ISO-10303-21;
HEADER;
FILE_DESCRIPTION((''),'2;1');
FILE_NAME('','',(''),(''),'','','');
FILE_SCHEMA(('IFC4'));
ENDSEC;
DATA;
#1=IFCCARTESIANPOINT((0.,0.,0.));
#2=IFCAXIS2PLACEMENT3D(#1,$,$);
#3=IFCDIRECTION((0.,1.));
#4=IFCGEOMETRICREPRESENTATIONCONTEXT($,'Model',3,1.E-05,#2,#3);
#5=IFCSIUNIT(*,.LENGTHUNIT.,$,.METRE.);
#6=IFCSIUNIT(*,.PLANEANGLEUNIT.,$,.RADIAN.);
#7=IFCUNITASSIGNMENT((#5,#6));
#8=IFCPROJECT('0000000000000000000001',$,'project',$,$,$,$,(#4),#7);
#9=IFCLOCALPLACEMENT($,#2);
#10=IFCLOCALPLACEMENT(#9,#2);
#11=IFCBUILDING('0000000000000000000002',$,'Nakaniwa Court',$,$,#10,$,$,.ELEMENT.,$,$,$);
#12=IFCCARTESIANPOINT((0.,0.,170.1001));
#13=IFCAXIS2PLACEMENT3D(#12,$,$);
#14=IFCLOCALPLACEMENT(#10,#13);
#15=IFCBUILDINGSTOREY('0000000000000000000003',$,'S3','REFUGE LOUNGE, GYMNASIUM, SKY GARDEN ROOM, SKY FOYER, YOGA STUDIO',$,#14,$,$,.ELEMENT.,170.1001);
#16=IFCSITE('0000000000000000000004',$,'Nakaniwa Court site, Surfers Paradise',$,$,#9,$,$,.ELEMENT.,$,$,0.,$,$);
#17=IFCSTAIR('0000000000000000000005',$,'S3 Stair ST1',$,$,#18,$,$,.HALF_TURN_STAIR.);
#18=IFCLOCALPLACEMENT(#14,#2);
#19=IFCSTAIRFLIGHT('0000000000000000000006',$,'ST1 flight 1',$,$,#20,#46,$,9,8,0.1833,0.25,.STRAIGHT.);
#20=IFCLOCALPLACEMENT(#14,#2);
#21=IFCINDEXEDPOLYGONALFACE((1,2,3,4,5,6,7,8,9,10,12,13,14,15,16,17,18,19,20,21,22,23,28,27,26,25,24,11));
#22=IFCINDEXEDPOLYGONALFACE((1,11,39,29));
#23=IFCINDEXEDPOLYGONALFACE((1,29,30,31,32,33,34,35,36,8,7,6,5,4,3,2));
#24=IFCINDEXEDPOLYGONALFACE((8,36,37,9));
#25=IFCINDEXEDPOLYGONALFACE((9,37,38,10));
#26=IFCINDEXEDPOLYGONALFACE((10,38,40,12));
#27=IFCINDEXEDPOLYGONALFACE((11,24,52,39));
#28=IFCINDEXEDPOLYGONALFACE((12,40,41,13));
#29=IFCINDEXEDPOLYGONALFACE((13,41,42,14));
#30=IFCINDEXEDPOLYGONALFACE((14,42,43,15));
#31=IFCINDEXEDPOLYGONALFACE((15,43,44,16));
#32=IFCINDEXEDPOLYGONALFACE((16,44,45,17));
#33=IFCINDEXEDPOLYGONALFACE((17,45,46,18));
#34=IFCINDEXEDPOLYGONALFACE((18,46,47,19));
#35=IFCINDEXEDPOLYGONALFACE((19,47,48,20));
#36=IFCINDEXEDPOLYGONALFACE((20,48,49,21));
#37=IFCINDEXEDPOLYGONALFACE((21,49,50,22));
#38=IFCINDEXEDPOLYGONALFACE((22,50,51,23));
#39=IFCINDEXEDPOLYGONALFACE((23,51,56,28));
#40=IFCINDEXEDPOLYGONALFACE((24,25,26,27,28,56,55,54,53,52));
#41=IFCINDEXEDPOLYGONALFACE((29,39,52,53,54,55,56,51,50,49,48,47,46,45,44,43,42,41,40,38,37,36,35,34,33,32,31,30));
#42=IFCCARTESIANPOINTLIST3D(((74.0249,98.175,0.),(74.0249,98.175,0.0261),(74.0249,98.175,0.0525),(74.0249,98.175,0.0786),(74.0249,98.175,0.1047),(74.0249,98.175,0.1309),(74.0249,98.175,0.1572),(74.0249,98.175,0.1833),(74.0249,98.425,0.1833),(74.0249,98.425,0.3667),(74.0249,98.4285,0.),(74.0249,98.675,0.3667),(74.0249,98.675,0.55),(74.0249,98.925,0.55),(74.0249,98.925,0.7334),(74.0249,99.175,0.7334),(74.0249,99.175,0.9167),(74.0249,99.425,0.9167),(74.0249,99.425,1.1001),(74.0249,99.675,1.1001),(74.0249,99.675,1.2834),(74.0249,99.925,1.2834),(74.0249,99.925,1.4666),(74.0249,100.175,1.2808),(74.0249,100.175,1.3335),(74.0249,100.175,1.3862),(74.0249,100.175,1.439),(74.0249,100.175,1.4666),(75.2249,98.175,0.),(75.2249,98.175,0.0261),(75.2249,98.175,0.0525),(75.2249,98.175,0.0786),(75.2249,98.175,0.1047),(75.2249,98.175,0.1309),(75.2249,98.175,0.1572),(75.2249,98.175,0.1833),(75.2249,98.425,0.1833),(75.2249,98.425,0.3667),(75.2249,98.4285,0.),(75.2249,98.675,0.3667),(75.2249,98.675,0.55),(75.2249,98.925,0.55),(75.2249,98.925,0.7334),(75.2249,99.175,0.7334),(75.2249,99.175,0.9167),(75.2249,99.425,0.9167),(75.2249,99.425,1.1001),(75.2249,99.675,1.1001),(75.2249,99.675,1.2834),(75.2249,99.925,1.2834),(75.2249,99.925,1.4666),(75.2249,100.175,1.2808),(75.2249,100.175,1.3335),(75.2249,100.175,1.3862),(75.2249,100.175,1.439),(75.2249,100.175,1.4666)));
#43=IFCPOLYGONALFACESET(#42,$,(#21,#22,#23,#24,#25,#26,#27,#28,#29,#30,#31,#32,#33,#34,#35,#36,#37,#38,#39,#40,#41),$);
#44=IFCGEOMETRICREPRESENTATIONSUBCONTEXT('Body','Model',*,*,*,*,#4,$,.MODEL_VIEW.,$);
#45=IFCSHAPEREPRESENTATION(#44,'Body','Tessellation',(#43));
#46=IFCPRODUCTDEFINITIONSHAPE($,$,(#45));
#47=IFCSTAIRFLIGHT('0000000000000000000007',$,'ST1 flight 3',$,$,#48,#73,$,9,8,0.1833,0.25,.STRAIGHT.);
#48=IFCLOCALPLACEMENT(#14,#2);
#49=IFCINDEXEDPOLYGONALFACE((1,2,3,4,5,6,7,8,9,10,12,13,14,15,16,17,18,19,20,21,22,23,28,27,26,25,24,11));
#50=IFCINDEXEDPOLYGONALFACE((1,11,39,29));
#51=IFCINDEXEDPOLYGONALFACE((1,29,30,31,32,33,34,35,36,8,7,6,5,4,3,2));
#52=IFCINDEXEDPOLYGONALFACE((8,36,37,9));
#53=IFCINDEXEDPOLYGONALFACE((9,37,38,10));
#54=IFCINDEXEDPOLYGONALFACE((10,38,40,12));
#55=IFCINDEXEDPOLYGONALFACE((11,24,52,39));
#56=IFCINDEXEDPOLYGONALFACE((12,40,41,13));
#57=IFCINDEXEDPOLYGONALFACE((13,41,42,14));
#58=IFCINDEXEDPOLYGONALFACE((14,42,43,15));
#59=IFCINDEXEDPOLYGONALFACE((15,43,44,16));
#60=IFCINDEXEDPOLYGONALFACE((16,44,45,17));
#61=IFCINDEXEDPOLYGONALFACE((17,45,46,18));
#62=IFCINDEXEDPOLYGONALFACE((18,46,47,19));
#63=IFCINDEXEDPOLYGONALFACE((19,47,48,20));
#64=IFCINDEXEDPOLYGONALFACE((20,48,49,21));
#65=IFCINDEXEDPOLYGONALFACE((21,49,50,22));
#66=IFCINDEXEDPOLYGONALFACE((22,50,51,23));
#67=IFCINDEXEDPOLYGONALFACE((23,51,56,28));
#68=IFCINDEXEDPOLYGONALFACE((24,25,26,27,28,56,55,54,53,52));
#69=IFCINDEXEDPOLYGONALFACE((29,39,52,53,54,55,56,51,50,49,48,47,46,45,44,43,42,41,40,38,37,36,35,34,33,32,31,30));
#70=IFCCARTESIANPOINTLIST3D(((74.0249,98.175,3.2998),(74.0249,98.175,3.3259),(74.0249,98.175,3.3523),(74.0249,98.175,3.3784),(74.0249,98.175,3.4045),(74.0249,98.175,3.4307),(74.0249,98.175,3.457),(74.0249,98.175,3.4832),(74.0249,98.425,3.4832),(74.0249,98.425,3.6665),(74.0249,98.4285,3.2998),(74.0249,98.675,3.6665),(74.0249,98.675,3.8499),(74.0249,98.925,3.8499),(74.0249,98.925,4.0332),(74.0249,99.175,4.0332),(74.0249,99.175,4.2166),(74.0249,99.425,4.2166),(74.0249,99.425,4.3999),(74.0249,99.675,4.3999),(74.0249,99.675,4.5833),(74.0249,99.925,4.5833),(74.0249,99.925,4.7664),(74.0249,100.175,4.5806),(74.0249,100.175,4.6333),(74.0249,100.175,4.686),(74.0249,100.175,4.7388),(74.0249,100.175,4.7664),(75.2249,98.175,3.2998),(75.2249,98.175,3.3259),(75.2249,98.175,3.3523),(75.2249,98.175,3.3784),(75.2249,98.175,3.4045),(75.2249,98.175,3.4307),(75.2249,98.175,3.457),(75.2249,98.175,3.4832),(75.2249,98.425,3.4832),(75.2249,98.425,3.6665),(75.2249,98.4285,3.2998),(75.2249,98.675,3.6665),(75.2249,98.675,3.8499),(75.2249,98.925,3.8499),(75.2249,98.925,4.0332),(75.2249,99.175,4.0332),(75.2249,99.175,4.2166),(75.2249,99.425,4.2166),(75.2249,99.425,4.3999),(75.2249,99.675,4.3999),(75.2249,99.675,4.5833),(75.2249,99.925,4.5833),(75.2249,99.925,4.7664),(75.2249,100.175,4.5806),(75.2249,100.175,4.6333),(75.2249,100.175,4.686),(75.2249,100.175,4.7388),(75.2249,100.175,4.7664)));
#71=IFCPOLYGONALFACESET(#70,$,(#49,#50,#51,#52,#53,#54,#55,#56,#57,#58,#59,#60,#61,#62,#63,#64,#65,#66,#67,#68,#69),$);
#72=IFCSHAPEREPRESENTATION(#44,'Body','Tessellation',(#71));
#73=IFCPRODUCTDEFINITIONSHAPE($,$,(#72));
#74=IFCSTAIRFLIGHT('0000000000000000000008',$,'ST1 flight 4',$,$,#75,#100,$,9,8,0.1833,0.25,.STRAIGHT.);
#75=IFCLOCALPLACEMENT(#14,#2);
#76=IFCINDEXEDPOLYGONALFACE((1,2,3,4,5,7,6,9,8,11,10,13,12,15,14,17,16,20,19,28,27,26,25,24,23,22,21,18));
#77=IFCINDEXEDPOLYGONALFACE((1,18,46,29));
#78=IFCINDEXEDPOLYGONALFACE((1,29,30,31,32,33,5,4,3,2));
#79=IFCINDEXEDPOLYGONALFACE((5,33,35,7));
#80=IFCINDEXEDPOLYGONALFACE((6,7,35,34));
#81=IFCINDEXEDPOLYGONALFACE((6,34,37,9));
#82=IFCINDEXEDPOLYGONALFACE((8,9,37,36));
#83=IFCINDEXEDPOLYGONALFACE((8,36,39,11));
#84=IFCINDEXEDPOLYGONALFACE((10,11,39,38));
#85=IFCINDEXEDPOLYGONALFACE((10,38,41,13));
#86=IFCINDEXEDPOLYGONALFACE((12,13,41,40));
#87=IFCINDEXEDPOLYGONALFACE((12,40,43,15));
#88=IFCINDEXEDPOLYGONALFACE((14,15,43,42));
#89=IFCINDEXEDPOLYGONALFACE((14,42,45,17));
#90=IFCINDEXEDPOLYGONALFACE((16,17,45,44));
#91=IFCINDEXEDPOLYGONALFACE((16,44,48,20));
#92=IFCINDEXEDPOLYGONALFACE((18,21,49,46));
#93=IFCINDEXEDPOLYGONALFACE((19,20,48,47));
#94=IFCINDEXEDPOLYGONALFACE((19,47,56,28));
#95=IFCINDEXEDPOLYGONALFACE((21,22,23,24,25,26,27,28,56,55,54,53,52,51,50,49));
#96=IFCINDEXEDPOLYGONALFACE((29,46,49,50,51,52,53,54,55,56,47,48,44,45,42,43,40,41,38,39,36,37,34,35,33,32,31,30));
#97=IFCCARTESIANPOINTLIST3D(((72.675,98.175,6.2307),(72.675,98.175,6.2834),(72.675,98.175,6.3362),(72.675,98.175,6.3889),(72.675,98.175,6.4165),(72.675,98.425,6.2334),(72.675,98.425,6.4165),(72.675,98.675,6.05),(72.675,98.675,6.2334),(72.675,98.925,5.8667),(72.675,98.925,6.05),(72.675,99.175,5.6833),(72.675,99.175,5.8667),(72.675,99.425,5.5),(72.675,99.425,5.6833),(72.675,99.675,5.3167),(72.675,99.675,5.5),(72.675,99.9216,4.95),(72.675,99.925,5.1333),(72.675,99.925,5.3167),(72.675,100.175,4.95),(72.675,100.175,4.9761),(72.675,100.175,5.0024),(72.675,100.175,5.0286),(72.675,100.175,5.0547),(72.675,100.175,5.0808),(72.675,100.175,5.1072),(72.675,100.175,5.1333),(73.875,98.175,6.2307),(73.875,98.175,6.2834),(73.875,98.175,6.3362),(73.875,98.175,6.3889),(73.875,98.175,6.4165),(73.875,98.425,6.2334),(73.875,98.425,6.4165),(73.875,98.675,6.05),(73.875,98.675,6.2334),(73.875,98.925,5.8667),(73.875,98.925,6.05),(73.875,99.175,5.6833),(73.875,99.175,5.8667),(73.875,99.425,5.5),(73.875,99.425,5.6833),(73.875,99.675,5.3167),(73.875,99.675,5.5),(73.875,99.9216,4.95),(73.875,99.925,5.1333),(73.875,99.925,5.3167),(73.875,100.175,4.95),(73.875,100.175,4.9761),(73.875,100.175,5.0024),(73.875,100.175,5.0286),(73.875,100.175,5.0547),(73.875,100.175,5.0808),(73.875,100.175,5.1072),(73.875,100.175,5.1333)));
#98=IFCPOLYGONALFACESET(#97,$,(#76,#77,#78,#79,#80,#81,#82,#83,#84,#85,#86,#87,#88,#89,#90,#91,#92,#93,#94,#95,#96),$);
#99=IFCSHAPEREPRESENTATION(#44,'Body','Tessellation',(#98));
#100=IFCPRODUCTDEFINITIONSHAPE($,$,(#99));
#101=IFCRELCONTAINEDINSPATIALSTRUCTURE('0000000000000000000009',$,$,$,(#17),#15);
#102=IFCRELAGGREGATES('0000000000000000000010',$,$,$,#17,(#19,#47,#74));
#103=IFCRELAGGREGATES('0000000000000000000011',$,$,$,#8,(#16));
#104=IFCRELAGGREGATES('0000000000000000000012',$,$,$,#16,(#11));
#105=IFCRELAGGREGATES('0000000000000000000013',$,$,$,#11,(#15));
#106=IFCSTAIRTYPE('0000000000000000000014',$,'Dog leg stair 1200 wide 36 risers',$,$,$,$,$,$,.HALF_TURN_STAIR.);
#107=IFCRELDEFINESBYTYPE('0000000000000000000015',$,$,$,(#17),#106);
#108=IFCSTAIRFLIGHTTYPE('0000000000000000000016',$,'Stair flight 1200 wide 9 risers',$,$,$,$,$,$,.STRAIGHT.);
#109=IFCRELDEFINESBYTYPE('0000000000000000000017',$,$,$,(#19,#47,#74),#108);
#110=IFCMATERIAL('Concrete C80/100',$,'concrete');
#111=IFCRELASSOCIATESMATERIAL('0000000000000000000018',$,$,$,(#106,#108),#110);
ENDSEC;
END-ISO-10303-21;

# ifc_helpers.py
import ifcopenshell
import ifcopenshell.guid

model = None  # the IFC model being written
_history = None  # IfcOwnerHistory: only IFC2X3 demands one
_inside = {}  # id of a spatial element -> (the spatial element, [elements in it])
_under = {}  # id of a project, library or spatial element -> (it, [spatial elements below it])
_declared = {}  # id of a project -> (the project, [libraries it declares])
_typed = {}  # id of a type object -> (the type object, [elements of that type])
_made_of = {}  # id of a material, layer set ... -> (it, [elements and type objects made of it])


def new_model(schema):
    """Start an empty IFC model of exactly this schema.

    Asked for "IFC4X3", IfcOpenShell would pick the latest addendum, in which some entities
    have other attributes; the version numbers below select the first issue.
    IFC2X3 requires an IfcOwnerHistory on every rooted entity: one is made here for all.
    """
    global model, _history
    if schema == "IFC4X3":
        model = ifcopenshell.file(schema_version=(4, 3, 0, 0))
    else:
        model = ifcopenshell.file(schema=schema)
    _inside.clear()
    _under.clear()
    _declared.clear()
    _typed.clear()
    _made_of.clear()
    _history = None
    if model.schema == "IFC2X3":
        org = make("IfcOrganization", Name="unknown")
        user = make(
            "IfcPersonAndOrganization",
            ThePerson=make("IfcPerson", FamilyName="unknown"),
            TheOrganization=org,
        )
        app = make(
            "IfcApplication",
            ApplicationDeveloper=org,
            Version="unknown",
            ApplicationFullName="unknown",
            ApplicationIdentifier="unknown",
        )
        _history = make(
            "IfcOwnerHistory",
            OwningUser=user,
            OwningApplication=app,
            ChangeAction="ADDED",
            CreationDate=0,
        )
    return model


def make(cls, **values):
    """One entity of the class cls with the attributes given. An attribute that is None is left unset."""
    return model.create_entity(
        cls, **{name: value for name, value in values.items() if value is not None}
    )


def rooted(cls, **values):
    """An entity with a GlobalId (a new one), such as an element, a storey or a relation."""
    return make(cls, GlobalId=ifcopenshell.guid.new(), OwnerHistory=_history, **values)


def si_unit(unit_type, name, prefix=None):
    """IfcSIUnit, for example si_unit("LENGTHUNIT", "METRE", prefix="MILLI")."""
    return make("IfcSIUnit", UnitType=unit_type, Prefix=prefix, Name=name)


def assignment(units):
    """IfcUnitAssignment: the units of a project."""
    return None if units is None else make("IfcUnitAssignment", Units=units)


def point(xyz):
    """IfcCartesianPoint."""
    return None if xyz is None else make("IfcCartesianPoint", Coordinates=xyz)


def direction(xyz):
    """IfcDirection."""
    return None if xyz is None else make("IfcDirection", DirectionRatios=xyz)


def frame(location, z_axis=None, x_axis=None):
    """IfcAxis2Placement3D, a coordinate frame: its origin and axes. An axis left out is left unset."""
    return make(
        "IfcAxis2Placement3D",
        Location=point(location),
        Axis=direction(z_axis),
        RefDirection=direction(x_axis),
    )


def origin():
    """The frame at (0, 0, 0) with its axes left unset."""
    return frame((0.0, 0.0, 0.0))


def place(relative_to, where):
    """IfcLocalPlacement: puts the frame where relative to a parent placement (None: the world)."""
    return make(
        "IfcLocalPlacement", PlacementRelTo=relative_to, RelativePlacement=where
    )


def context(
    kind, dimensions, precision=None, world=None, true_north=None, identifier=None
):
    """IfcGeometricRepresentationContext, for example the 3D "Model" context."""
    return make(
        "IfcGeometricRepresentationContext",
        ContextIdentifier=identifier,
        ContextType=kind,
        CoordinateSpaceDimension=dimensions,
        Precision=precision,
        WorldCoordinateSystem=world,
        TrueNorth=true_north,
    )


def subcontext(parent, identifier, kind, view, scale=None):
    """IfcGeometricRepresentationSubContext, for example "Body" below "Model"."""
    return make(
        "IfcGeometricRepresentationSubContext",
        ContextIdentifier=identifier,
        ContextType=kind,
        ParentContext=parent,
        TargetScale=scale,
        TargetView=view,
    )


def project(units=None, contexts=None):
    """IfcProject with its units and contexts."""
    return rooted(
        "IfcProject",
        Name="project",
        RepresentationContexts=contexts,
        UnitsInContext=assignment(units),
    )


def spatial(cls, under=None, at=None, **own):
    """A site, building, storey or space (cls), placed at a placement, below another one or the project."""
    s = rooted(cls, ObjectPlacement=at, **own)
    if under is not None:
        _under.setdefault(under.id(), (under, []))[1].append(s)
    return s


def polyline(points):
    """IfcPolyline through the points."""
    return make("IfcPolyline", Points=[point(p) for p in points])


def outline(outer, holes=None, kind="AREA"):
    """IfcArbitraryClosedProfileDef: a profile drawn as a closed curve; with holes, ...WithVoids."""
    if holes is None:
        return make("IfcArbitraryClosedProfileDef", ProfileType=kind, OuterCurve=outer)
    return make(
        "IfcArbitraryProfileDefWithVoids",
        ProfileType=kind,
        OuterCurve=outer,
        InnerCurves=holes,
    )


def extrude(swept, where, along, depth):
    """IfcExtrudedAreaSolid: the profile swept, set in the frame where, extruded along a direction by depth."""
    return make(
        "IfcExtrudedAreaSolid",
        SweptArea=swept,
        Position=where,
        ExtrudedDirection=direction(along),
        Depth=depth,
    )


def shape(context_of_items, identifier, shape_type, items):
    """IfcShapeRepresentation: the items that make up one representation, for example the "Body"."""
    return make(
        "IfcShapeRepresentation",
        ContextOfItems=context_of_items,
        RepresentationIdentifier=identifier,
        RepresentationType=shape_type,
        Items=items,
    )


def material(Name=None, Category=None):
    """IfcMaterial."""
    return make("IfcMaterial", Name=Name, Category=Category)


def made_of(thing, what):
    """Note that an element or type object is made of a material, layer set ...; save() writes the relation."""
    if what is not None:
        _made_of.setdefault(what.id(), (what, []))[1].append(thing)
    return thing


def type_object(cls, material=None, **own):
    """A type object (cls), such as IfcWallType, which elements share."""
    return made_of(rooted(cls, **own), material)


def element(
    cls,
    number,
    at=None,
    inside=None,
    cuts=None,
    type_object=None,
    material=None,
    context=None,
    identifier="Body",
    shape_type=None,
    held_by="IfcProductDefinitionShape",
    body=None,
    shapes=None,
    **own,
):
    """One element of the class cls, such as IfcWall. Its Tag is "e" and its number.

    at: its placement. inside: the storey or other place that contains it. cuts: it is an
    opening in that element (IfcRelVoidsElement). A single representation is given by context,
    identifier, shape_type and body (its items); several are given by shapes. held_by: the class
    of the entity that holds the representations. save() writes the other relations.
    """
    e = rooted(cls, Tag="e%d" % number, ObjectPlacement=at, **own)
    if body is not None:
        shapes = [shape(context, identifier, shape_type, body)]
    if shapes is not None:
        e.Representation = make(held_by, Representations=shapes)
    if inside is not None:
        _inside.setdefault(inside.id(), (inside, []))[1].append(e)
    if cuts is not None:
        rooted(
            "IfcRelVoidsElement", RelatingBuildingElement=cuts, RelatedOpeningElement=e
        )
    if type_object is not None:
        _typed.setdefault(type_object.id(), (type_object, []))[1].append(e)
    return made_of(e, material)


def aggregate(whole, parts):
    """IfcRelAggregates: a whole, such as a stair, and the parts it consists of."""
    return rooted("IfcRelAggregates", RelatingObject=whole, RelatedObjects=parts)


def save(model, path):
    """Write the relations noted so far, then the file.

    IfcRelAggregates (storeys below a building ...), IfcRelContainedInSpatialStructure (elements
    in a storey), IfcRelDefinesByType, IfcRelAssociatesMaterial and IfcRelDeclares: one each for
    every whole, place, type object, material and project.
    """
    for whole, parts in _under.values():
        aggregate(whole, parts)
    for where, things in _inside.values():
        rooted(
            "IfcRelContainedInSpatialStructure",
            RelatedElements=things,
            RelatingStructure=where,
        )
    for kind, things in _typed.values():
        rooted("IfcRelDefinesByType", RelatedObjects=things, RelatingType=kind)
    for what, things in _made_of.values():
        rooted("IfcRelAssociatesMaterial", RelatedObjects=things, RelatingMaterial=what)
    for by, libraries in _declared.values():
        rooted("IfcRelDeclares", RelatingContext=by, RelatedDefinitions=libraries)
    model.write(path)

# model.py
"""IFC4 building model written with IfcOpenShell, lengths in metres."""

from ifc_helpers import new_model, si_unit, direction, frame, origin, place, context, subcontext, project, spatial, polyline, outline, extrude, material, type_object, element, aggregate, save


model = new_model("IFC4")

# Units and contexts
model_context = context("Model", 3, precision=1e-05, world=origin(), true_north=direction((0.0, 1.0)))
body_context = subcontext(model_context, "Body", "Model", "MODEL_VIEW")
ifc_project = project(units=[si_unit("LENGTHUNIT", "METRE"), si_unit("PLANEANGLEUNIT", "RADIAN")], contexts=[model_context])

# Site, building, storey
site_placement = place(None, origin())
site = spatial("IfcSite", under=ifc_project, at=site_placement, Name="Nakaniwa Court site, Surfers Paradise", CompositionType="ELEMENT", RefElevation=0.0)
building_placement = place(site_placement, origin())
building = spatial("IfcBuilding", under=site, at=building_placement, Name="Nakaniwa Court", CompositionType="ELEMENT")
storey_placement = place(building_placement, frame((0.0, 0.0, 170.1001)))
storey = spatial("IfcBuildingStorey", under=building, at=storey_placement, Name="S3", Description="REFUGE LOUNGE, GYMNASIUM, SKY GARDEN ROOM, SKY FOYER, YOGA STUDIO", CompositionType="ELEMENT", Elevation=170.1001)

# Shared definitions
ifc_material_1 = material(Name="Concrete C80/100", Category="concrete")

# Stair, stair flights
stair_type = type_object("IfcStairType", Name="Dog leg stair 1200 wide 36 risers", PredefinedType="HALF_TURN_STAIR", material=ifc_material_1)
stair_placement = place(storey_placement, origin())
stair = element("IfcStair", 1, at=stair_placement, inside=storey, type_object=stair_type, Name="S3 Stair ST1", PredefinedType="HALF_TURN_STAIR")
stair_flight_type = type_object("IfcStairFlightType", Name="Stair flight 1200 wide 9 risers", PredefinedType="STRAIGHT", material=ifc_material_1)
stair_flight_1_placement = place(storey_placement, frame((74.625, 98.175, 0.0), z_axis=(0.0, 0.0, 1.0), x_axis=(0.0, 1.0, 0.0)))
stair_flight_1 = element("IfcStairFlight", 2, at=stair_flight_1_placement, type_object=stair_flight_type, Name="ST1 flight 1", NumberOfRisers=9, NumberOfTreads=8, PredefinedType="STRAIGHT", RiserHeight=0.1833, TreadLength=0.25, context=body_context, shape_type="SweptSolid", body=[
    extrude(outline(polyline([(0.0, 0.0), (0.0, 0.0261), (0.0, 0.0525), (0.0, 0.0786), (0.0, 0.1047), (0.0, 0.1309), (0.0, 0.1572), (0.0, 0.1833), (0.25, 0.1833), (0.25, 0.3667), (0.5, 0.3667), (0.5, 0.55), (0.75, 0.55), (0.75, 0.7334), (1.0, 0.7334), (1.0, 0.9167), (1.25, 0.9167), (1.25, 1.1001), (1.5, 1.1001), (1.5, 1.2834), (1.75, 1.2834), (1.75, 1.4666), (2.0, 1.4666), (2.0, 1.6499), (2.0, 1.5972), (2.0, 1.5444), (2.0, 1.4917), (2.0, 1.439), (2.0, 1.3862), (2.0, 1.3335), (2.0, 1.2808), (0.2534, 0.0), (0.0, 0.0)])), frame((0.0, 0.6001, 0.0), z_axis=(0.0, -1.0, 0.0), x_axis=(1.0, 0.0, 0.0)), (0.0, 0.0, 1.0), 1.2),
])
stair_flight_2_placement = place(storey_placement, frame((74.625, 98.175, 3.2998), z_axis=(0.0, 0.0, 1.0), x_axis=(0.0, 1.0, 0.0)))
stair_flight_2 = element("IfcStairFlight", 3, at=stair_flight_2_placement, type_object=stair_flight_type, Name="ST1 flight 3", NumberOfRisers=9, NumberOfTreads=8, PredefinedType="STRAIGHT", RiserHeight=0.1833, TreadLength=0.25, context=body_context, shape_type="SweptSolid", body=[
    extrude(outline(polyline([(0.0, 0.0), (0.0, 0.0261), (0.0, 0.0525), (0.0, 0.0786), (0.0, 0.1047), (0.0, 0.1309), (0.0, 0.1572), (0.0, 0.1833), (0.25, 0.1833), (0.25, 0.3667), (0.5, 0.3667), (0.5, 0.55), (0.75, 0.55), (0.75, 0.7334), (1.0, 0.7334), (1.0, 0.9167), (1.25, 0.9167), (1.25, 1.1001), (1.5, 1.1001), (1.5, 1.2834), (1.75, 1.2834), (1.75, 1.4666), (2.0, 1.4666), (2.0, 1.6499), (2.0, 1.5972), (2.0, 1.5444), (2.0, 1.4917), (2.0, 1.439), (2.0, 1.3862), (2.0, 1.3335), (2.0, 1.2808), (0.2534, 0.0), (0.0, 0.0)])), frame((0.0, 0.6001, 0.0), z_axis=(0.0, -1.0, 0.0), x_axis=(1.0, 0.0, 0.0)), (0.0, 0.0, 1.0), 1.2),
])
stair_flight_3_placement = place(storey_placement, frame((73.2749, 100.175, 4.95), z_axis=(0.0, 0.0, 1.0), x_axis=(0.0, -1.0, 0.0)))
stair_flight_3 = element("IfcStairFlight", 4, at=stair_flight_3_placement, type_object=stair_flight_type, Name="ST1 flight 4", NumberOfRisers=9, NumberOfTreads=8, PredefinedType="STRAIGHT", RiserHeight=0.1833, TreadLength=0.25, context=body_context, shape_type="SweptSolid", body=[
    extrude(outline(polyline([(0.0, 0.0), (0.0, 0.0261), (0.0, 0.0525), (0.0, 0.0786), (0.0, 0.1047), (0.0, 0.1309), (0.0, 0.1572), (0.0, 0.1833), (0.25, 0.1833), (0.25, 0.3667), (0.5, 0.3667), (0.5, 0.55), (0.75, 0.55), (0.75, 0.7334), (1.0, 0.7334), (1.0, 0.9167), (1.25, 0.9167), (1.25, 1.1001), (1.5, 1.1001), (1.5, 1.2834), (1.75, 1.2834), (1.75, 1.4666), (2.0, 1.4666), (2.0, 1.6499), (2.0, 1.5972), (2.0, 1.5444), (2.0, 1.4917), (2.0, 1.439), (2.0, 1.3862), (2.0, 1.3335), (2.0, 1.2808), (0.2534, 0.0), (0.0, 0.0)])), frame((0.0, 0.6001, 0.0), z_axis=(0.0, -1.0, 0.0), x_axis=(1.0, 0.0, 0.0)), (0.0, 0.0, 1.0), 1.2),
])
aggregate(stair, [stair_flight_1, stair_flight_2, stair_flight_3])

save(model, "model.ifc")
